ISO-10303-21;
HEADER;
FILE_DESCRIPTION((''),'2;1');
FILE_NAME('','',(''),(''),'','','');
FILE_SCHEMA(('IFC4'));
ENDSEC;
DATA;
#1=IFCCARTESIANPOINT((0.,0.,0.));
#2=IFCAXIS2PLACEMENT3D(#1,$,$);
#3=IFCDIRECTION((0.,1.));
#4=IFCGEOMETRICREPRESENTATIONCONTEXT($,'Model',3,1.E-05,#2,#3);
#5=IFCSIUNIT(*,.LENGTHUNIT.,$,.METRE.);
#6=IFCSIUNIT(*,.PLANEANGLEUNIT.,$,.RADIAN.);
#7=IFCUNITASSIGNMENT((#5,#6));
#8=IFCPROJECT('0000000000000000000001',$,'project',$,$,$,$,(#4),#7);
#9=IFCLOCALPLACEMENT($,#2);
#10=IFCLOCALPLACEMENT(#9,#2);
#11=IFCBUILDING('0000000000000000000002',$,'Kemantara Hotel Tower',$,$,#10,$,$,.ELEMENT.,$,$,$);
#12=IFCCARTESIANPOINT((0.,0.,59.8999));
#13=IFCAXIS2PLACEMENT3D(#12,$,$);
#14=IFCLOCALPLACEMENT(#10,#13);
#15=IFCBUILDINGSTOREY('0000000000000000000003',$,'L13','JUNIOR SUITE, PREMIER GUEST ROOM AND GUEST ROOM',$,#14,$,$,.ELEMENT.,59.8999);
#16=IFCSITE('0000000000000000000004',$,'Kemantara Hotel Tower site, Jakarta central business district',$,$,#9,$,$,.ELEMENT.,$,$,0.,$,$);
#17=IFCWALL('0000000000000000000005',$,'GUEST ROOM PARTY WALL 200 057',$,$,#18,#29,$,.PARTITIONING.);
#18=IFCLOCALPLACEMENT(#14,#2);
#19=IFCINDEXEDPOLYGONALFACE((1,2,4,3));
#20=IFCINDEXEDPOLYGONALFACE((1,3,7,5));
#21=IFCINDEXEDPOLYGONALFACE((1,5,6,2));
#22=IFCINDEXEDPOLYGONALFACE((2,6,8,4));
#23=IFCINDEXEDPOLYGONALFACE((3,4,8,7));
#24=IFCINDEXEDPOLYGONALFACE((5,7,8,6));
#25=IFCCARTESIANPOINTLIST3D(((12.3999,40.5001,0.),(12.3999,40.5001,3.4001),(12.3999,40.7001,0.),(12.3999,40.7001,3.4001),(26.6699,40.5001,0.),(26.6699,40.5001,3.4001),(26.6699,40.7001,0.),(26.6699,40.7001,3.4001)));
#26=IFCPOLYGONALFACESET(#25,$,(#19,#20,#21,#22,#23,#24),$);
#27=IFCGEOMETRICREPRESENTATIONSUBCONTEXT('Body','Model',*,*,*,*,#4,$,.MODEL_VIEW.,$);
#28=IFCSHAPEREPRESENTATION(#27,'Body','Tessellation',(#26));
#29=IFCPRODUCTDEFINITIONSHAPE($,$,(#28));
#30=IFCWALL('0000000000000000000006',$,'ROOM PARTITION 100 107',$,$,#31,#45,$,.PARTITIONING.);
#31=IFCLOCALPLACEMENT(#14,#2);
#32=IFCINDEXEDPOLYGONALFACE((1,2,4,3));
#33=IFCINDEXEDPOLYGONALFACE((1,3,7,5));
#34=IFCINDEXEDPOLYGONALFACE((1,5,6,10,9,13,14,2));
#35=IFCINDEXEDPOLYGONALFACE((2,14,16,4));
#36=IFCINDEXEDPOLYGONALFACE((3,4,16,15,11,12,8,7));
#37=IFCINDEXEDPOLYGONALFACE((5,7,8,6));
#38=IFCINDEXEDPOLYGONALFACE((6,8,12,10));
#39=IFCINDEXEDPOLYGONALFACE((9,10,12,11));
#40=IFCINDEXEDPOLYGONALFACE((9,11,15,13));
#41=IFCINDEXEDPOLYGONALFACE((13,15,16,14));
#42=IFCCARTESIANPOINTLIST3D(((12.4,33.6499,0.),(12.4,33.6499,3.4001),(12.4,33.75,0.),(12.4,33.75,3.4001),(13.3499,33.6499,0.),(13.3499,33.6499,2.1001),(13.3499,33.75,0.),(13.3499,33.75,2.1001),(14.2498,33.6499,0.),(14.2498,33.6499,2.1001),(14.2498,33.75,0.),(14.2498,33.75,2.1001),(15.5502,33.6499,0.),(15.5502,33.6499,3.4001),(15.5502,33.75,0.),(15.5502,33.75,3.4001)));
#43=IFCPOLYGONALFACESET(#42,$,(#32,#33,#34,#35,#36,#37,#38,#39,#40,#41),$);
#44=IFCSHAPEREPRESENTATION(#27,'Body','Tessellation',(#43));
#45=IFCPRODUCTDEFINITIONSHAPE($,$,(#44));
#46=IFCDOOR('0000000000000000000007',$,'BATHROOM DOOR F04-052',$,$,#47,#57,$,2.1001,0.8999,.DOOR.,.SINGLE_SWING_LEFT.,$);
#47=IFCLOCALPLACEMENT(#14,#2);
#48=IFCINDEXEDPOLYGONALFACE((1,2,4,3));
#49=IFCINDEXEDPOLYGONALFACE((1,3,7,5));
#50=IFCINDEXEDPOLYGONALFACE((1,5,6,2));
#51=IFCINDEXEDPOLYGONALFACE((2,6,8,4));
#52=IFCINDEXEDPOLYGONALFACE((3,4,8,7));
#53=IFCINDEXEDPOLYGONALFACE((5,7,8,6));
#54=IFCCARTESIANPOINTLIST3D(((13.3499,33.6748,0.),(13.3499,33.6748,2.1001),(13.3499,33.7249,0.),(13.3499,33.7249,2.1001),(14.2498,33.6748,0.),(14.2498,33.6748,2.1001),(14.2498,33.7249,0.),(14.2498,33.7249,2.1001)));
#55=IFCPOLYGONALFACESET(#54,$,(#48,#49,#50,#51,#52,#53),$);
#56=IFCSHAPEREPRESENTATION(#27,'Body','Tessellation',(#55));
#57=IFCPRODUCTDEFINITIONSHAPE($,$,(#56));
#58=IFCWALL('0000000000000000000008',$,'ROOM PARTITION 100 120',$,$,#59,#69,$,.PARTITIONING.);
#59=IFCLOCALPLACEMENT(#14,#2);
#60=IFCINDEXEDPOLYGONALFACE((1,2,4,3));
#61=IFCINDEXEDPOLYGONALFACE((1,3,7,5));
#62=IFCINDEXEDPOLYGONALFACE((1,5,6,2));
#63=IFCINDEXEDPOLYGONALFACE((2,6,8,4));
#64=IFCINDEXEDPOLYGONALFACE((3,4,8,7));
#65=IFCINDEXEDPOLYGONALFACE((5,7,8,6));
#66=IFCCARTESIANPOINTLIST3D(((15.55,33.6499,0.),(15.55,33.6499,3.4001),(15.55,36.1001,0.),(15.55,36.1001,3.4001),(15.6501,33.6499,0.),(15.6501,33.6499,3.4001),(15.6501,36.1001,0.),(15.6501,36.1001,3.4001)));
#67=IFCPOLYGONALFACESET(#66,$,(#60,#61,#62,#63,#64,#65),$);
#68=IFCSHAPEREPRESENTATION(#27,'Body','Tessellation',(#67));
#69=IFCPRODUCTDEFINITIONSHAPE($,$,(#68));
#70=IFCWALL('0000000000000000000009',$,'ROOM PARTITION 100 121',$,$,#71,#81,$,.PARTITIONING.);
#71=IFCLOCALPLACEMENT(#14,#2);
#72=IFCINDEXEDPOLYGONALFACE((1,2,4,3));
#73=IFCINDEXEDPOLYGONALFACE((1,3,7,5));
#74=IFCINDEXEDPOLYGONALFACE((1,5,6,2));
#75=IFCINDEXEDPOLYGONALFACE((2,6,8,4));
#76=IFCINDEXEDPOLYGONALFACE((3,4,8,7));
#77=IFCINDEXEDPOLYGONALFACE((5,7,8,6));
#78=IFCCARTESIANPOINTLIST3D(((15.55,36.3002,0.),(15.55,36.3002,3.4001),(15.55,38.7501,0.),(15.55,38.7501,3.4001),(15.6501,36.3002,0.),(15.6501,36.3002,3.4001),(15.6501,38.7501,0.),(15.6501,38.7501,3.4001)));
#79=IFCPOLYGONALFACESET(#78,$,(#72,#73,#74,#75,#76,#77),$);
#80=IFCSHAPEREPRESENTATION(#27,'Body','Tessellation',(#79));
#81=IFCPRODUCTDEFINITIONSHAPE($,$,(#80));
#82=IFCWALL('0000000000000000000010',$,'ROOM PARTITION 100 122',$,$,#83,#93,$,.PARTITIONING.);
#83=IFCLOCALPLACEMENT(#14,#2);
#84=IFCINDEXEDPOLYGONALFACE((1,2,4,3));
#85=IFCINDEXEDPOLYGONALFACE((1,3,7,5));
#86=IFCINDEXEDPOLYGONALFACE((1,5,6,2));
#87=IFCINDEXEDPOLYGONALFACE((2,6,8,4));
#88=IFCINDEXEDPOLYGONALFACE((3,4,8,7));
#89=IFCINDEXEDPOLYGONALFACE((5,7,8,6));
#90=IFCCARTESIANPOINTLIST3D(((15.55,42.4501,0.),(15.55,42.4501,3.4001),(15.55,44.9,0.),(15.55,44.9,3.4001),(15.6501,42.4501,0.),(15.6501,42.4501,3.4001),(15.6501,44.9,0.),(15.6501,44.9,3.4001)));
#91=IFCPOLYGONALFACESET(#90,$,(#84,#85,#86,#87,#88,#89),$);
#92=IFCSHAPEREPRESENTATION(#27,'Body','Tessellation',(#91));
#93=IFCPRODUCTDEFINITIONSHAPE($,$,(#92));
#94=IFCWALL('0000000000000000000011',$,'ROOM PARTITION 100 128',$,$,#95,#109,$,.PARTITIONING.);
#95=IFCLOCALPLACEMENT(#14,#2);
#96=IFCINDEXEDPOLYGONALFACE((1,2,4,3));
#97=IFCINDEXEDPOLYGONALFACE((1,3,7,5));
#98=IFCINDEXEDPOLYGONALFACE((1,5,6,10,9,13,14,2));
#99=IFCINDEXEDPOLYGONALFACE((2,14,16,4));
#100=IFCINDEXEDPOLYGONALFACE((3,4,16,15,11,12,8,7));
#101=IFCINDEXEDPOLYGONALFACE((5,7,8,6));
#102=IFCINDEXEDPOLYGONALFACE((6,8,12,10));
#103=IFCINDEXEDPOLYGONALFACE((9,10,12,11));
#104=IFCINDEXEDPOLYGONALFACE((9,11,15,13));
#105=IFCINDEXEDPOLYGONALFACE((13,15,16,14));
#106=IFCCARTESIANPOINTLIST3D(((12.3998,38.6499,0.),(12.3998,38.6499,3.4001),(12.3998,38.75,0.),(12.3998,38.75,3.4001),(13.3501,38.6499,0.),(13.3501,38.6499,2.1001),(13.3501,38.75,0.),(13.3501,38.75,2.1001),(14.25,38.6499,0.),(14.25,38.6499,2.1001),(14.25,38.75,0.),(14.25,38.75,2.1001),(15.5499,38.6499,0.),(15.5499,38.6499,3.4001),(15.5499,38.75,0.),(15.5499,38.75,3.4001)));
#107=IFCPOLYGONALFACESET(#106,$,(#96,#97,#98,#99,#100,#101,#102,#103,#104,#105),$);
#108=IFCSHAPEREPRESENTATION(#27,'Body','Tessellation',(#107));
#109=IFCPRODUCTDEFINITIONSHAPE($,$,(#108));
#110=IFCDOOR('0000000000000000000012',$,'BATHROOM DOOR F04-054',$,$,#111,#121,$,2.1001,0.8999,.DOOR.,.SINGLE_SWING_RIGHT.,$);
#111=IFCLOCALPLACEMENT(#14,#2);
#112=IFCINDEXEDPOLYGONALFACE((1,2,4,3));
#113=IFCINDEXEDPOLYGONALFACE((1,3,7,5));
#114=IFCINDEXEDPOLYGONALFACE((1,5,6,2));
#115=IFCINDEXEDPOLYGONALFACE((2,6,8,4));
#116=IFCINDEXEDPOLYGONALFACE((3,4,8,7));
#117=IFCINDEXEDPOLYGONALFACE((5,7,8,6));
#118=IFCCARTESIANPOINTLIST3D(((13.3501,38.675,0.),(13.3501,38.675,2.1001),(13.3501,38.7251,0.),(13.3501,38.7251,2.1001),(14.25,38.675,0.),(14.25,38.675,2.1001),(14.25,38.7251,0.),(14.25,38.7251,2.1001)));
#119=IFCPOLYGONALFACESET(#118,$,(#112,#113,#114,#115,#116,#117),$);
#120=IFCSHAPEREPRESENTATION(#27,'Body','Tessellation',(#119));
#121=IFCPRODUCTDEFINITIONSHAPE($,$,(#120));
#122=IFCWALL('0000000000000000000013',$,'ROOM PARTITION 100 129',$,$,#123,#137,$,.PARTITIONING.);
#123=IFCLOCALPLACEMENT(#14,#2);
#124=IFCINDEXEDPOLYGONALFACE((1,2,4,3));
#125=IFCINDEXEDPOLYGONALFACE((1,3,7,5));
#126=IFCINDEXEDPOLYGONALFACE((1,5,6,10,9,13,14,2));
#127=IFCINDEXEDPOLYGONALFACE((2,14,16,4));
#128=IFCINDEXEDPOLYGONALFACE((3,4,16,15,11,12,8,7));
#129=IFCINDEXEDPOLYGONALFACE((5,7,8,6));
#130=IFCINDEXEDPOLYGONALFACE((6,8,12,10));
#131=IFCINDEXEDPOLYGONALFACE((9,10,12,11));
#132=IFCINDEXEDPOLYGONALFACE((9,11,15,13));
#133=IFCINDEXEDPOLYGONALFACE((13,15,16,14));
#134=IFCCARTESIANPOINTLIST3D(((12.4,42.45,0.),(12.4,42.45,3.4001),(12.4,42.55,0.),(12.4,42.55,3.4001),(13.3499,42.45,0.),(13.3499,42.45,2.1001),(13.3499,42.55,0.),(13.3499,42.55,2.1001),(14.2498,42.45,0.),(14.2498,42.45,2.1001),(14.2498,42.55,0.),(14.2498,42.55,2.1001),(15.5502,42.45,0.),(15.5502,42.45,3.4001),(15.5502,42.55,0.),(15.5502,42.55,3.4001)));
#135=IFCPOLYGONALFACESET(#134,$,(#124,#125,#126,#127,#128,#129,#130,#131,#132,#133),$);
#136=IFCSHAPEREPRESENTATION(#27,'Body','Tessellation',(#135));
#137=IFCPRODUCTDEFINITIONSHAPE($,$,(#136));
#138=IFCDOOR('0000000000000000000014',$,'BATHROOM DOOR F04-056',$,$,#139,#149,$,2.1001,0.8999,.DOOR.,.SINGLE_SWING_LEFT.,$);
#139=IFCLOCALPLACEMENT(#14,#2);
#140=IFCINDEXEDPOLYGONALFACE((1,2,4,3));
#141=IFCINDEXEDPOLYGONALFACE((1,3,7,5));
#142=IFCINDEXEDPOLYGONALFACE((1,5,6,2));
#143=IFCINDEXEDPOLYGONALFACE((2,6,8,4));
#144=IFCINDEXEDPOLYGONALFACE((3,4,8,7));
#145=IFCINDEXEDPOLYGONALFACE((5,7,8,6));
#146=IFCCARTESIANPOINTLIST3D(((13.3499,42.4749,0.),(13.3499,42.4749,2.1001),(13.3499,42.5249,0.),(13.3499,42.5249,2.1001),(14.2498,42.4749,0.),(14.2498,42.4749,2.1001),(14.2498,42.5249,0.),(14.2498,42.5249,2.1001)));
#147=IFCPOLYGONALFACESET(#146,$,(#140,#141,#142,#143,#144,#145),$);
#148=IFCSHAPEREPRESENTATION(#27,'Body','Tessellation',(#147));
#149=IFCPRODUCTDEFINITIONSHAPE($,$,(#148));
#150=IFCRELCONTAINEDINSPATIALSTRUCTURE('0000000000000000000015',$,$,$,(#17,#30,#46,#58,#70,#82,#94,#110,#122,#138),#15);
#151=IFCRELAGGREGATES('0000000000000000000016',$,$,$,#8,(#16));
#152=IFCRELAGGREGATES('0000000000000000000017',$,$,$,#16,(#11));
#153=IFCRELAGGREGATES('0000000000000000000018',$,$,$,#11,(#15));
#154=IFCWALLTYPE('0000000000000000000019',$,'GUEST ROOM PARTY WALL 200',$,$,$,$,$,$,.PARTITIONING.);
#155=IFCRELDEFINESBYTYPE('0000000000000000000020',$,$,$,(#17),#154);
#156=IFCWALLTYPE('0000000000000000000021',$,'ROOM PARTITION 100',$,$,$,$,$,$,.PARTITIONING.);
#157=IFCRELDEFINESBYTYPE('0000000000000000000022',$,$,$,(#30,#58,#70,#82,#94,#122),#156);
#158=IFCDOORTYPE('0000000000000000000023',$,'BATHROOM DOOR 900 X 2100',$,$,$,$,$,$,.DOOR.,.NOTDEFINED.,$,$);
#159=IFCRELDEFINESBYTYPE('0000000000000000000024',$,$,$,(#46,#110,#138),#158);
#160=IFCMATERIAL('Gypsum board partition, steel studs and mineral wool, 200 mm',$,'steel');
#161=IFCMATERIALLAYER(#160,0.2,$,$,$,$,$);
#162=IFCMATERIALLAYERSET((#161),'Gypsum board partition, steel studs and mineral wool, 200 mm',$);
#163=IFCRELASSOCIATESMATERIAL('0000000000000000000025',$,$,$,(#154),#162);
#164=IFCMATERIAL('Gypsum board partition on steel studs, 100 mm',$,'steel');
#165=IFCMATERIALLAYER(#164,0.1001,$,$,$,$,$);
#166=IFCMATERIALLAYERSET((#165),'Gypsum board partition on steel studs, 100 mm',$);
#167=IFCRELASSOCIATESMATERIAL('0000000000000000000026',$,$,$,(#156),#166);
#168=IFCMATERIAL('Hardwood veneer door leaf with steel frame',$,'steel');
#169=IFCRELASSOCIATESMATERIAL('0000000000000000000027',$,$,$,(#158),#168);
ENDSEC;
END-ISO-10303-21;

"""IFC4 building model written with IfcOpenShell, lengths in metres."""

from ifc_helpers import new_model, si_unit, direction, frame, frame_2d, origin, place, context, subcontext, project, spatial, rectangle, extrude, material, layer, layer_set, type_object, element, fill, save


model = new_model("IFC4")

# Units and contexts
model_context = context("Model", 3, precision=1e-05, world=origin(), true_north=direction((0.0, 1.0)))
body_context = subcontext(model_context, "Body", "Model", "MODEL_VIEW")
ifc_project = project(units=[si_unit("LENGTHUNIT", "METRE"), si_unit("PLANEANGLEUNIT", "RADIAN")], contexts=[model_context])

# Site, building, storey
site_placement = place(None, origin())
site = spatial("IfcSite", under=ifc_project, at=site_placement, Name="Kemantara Hotel Tower site, Jakarta central business district", CompositionType="ELEMENT", RefElevation=0.0)
building_placement = place(site_placement, origin())
building = spatial("IfcBuilding", under=site, at=building_placement, Name="Kemantara Hotel Tower", CompositionType="ELEMENT")
storey_placement = place(building_placement, frame((0.0, 0.0, 59.8999)))
storey = spatial("IfcBuildingStorey", under=building, at=storey_placement, Name="L13", Description="JUNIOR SUITE, PREMIER GUEST ROOM AND GUEST ROOM", CompositionType="ELEMENT", Elevation=59.8999)

# Shared definitions
ifc_material_1 = material(Name="Gypsum board partition, steel studs and mineral wool, 200 mm", Category="steel")
ifc_material_2 = material(Name="Hardwood veneer door leaf with steel frame", Category="steel")

# Wall
ifc_layer_1 = layer(ifc_material_1, 0.2)
ifc_layer_set_1 = layer_set([ifc_layer_1], Name="Gypsum board partition, steel studs and mineral wool, 200 mm")
wall_type_1 = type_object("IfcWallType", Name="GUEST ROOM PARTY WALL 200", PredefinedType="PARTITIONING", material=ifc_layer_set_1)
wall_1_placement = place(storey_placement, frame((12.3999, 40.6001, 0.0), z_axis=(0.0, 0.0, 1.0), x_axis=(1.0, 0.0, 0.0)))
element("IfcWall", 1, at=wall_1_placement, inside=storey, type_object=wall_type_1, Name="GUEST ROOM PARTY WALL 200 057", PredefinedType="PARTITIONING", context=body_context, shape_type="SweptSolid", body=[
    extrude(rectangle(XDim=14.27, YDim=0.2, at=frame_2d((7.135, 0.0))), origin(), (0.0, 0.0, 1.0), 3.4001),
])

# Wall, opening, door
ifc_material_3 = material(Name="Gypsum board partition on steel studs, 100 mm", Category="steel")
ifc_layer_2 = layer(ifc_material_3, 0.1001)
ifc_layer_set_2 = layer_set([ifc_layer_2], Name="Gypsum board partition on steel studs, 100 mm")
wall_type_2 = type_object("IfcWallType", Name="ROOM PARTITION 100", PredefinedType="PARTITIONING", material=ifc_layer_set_2)
wall_2_placement = place(storey_placement, frame((12.3999, 33.7, 0.0), z_axis=(0.0, 0.0, 1.0), x_axis=(1.0, 0.0, 0.0)))
wall_2 = element("IfcWall", 2, at=wall_2_placement, inside=storey, type_object=wall_type_2, Name="ROOM PARTITION 100 107", PredefinedType="PARTITIONING", context=body_context, shape_type="SweptSolid", body=[
    extrude(rectangle(XDim=3.1501, YDim=0.1001, at=frame_2d((1.5752, 0.0))), origin(), (0.0, 0.0, 1.0), 3.4001),
])
opening_1_placement = place(wall_2_placement, frame((0.95, 0.0, 0.0)))
opening_1 = element("IfcOpeningElement", 3, at=opening_1_placement, cuts=wall_2, PredefinedType="OPENING", context=body_context, shape_type="SweptSolid", body=[
    extrude(rectangle(XDim=0.8999, YDim=2.1001, at=frame_2d((0.45, 1.05))), frame((0.0, 0.0601, 0.0), z_axis=(0.0, -1.0, 0.0), x_axis=(1.0, 0.0, 0.0)), (0.0, 0.0, 1.0), 0.1201),
])
door_type_1 = type_object("IfcDoorType", Name="BATHROOM DOOR 900 X 2100", OperationType="NOTDEFINED", PredefinedType="DOOR", material=ifc_material_2)
door_1_placement = place(opening_1_placement, origin())
door_1 = element("IfcDoor", 4, at=door_1_placement, inside=storey, type_object=door_type_1, Name="BATHROOM DOOR F04-052", OperationType="SINGLE_SWING_LEFT", OverallHeight=2.1001, OverallWidth=0.8999, PredefinedType="DOOR", context=body_context, shape_type="SweptSolid", body=[
    extrude(rectangle(XDim=0.8999, YDim=2.1001, at=frame_2d((0.45, 1.05))), frame((0.0, 0.0249, 0.0), z_axis=(0.0, -1.0, 0.0), x_axis=(1.0, 0.0, 0.0)), (0.0, 0.0, 1.0), 0.05),
])
fill(opening_1, door_1)

# Walls
wall_3_placement = place(storey_placement, frame((15.6001, 33.6499, 0.0), z_axis=(0.0, 0.0, 1.0), x_axis=(0.0, 1.0, 0.0)))
element("IfcWall", 5, at=wall_3_placement, inside=storey, type_object=wall_type_2, Name="ROOM PARTITION 100 120", PredefinedType="PARTITIONING", context=body_context, shape_type="SweptSolid", body=[
    extrude(rectangle(XDim=2.4502, YDim=0.1001, at=frame_2d((1.2251, 0.0))), origin(), (0.0, 0.0, 1.0), 3.4001),
])
for number, where, z_axis, x_axis, name in (
    (6, (15.6001, 36.3, 0.0), (0.0, 0.0, 1.0), (0.0, 1.0, 0.0), "ROOM PARTITION 100 121"),
    (7, (15.6001, 42.45, 0.0), (0.0, 0.0, 1.0), (0.0, 1.0, 0.0), "ROOM PARTITION 100 122"),
):
    element("IfcWall", number, at=place(storey_placement, frame(where, z_axis=z_axis, x_axis=x_axis)), inside=storey, type_object=wall_type_2, Name=name, PredefinedType="PARTITIONING", context=body_context, shape_type="SweptSolid", body=[
        extrude(rectangle(XDim=2.45, YDim=0.1001, at=frame_2d((1.2251, 0.0))), origin(), (0.0, 0.0, 1.0), 3.4001),
    ])

# Walls, openings, doors
wall_4_placement = place(storey_placement, frame((15.55, 38.7, 0.0), z_axis=(0.0, 0.0, 1.0), x_axis=(-1.0, 0.0, 0.0)))
wall_4 = element("IfcWall", 8, at=wall_4_placement, inside=storey, type_object=wall_type_2, Name="ROOM PARTITION 100 128", PredefinedType="PARTITIONING", context=body_context, shape_type="SweptSolid", body=[
    extrude(rectangle(XDim=3.1501, YDim=0.1001, at=frame_2d((1.5752, 0.0))), origin(), (0.0, 0.0, 1.0), 3.4001),
])
opening_2_placement = place(wall_4_placement, frame((1.3, 0.0, 0.0)))
opening_2 = element("IfcOpeningElement", 9, at=opening_2_placement, cuts=wall_4, PredefinedType="OPENING", context=body_context, shape_type="SweptSolid", body=[
    extrude(rectangle(XDim=0.8999, YDim=2.1001, at=frame_2d((0.45, 1.05))), frame((0.0, 0.0601, 0.0), z_axis=(0.0, -1.0, 0.0), x_axis=(1.0, 0.0, 0.0)), (0.0, 0.0, 1.0), 0.1201),
])
door_2_placement = place(opening_2_placement, origin())
door_2 = element("IfcDoor", 10, at=door_2_placement, inside=storey, type_object=door_type_1, Name="BATHROOM DOOR F04-054", OperationType="SINGLE_SWING_RIGHT", OverallHeight=2.1001, OverallWidth=0.8999, PredefinedType="DOOR", context=body_context, shape_type="SweptSolid", body=[
    extrude(rectangle(XDim=0.8999, YDim=2.1001, at=frame_2d((0.45, 1.05))), frame((0.0, 0.0249, 0.0), z_axis=(0.0, -1.0, 0.0), x_axis=(1.0, 0.0, 0.0)), (0.0, 0.0, 1.0), 0.05),
])
fill(opening_2, door_2)
wall_5_placement = place(storey_placement, frame((12.3999, 42.5, 0.0), z_axis=(0.0, 0.0, 1.0), x_axis=(1.0, 0.0, 0.0)))
wall_5 = element("IfcWall", 11, at=wall_5_placement, inside=storey, type_object=wall_type_2, Name="ROOM PARTITION 100 129", PredefinedType="PARTITIONING", context=body_context, shape_type="SweptSolid", body=[
    extrude(rectangle(XDim=3.1501, YDim=0.1001, at=frame_2d((1.5752, 0.0))), origin(), (0.0, 0.0, 1.0), 3.4001),
])
opening_3_placement = place(wall_5_placement, frame((0.95, 0.0, 0.0)))
opening_3 = element("IfcOpeningElement", 12, at=opening_3_placement, cuts=wall_5, PredefinedType="OPENING", context=body_context, shape_type="SweptSolid", body=[
    extrude(rectangle(XDim=0.8999, YDim=2.1001, at=frame_2d((0.45, 1.05))), frame((0.0, 0.0601, 0.0), z_axis=(0.0, -1.0, 0.0), x_axis=(1.0, 0.0, 0.0)), (0.0, 0.0, 1.0), 0.1201),
])
door_3_placement = place(opening_3_placement, origin())
door_3 = element("IfcDoor", 13, at=door_3_placement, inside=storey, type_object=door_type_1, Name="BATHROOM DOOR F04-056", OperationType="SINGLE_SWING_LEFT", OverallHeight=2.1001, OverallWidth=0.8999, PredefinedType="DOOR", context=body_context, shape_type="SweptSolid", body=[
    extrude(rectangle(XDim=0.8999, YDim=2.1001, at=frame_2d((0.45, 1.05))), frame((0.0, 0.0249, 0.0), z_axis=(0.0, -1.0, 0.0), x_axis=(1.0, 0.0, 0.0)), (0.0, 0.0, 1.0), 0.05),
])
fill(opening_3, door_3)

save(model, "model.ifc")
